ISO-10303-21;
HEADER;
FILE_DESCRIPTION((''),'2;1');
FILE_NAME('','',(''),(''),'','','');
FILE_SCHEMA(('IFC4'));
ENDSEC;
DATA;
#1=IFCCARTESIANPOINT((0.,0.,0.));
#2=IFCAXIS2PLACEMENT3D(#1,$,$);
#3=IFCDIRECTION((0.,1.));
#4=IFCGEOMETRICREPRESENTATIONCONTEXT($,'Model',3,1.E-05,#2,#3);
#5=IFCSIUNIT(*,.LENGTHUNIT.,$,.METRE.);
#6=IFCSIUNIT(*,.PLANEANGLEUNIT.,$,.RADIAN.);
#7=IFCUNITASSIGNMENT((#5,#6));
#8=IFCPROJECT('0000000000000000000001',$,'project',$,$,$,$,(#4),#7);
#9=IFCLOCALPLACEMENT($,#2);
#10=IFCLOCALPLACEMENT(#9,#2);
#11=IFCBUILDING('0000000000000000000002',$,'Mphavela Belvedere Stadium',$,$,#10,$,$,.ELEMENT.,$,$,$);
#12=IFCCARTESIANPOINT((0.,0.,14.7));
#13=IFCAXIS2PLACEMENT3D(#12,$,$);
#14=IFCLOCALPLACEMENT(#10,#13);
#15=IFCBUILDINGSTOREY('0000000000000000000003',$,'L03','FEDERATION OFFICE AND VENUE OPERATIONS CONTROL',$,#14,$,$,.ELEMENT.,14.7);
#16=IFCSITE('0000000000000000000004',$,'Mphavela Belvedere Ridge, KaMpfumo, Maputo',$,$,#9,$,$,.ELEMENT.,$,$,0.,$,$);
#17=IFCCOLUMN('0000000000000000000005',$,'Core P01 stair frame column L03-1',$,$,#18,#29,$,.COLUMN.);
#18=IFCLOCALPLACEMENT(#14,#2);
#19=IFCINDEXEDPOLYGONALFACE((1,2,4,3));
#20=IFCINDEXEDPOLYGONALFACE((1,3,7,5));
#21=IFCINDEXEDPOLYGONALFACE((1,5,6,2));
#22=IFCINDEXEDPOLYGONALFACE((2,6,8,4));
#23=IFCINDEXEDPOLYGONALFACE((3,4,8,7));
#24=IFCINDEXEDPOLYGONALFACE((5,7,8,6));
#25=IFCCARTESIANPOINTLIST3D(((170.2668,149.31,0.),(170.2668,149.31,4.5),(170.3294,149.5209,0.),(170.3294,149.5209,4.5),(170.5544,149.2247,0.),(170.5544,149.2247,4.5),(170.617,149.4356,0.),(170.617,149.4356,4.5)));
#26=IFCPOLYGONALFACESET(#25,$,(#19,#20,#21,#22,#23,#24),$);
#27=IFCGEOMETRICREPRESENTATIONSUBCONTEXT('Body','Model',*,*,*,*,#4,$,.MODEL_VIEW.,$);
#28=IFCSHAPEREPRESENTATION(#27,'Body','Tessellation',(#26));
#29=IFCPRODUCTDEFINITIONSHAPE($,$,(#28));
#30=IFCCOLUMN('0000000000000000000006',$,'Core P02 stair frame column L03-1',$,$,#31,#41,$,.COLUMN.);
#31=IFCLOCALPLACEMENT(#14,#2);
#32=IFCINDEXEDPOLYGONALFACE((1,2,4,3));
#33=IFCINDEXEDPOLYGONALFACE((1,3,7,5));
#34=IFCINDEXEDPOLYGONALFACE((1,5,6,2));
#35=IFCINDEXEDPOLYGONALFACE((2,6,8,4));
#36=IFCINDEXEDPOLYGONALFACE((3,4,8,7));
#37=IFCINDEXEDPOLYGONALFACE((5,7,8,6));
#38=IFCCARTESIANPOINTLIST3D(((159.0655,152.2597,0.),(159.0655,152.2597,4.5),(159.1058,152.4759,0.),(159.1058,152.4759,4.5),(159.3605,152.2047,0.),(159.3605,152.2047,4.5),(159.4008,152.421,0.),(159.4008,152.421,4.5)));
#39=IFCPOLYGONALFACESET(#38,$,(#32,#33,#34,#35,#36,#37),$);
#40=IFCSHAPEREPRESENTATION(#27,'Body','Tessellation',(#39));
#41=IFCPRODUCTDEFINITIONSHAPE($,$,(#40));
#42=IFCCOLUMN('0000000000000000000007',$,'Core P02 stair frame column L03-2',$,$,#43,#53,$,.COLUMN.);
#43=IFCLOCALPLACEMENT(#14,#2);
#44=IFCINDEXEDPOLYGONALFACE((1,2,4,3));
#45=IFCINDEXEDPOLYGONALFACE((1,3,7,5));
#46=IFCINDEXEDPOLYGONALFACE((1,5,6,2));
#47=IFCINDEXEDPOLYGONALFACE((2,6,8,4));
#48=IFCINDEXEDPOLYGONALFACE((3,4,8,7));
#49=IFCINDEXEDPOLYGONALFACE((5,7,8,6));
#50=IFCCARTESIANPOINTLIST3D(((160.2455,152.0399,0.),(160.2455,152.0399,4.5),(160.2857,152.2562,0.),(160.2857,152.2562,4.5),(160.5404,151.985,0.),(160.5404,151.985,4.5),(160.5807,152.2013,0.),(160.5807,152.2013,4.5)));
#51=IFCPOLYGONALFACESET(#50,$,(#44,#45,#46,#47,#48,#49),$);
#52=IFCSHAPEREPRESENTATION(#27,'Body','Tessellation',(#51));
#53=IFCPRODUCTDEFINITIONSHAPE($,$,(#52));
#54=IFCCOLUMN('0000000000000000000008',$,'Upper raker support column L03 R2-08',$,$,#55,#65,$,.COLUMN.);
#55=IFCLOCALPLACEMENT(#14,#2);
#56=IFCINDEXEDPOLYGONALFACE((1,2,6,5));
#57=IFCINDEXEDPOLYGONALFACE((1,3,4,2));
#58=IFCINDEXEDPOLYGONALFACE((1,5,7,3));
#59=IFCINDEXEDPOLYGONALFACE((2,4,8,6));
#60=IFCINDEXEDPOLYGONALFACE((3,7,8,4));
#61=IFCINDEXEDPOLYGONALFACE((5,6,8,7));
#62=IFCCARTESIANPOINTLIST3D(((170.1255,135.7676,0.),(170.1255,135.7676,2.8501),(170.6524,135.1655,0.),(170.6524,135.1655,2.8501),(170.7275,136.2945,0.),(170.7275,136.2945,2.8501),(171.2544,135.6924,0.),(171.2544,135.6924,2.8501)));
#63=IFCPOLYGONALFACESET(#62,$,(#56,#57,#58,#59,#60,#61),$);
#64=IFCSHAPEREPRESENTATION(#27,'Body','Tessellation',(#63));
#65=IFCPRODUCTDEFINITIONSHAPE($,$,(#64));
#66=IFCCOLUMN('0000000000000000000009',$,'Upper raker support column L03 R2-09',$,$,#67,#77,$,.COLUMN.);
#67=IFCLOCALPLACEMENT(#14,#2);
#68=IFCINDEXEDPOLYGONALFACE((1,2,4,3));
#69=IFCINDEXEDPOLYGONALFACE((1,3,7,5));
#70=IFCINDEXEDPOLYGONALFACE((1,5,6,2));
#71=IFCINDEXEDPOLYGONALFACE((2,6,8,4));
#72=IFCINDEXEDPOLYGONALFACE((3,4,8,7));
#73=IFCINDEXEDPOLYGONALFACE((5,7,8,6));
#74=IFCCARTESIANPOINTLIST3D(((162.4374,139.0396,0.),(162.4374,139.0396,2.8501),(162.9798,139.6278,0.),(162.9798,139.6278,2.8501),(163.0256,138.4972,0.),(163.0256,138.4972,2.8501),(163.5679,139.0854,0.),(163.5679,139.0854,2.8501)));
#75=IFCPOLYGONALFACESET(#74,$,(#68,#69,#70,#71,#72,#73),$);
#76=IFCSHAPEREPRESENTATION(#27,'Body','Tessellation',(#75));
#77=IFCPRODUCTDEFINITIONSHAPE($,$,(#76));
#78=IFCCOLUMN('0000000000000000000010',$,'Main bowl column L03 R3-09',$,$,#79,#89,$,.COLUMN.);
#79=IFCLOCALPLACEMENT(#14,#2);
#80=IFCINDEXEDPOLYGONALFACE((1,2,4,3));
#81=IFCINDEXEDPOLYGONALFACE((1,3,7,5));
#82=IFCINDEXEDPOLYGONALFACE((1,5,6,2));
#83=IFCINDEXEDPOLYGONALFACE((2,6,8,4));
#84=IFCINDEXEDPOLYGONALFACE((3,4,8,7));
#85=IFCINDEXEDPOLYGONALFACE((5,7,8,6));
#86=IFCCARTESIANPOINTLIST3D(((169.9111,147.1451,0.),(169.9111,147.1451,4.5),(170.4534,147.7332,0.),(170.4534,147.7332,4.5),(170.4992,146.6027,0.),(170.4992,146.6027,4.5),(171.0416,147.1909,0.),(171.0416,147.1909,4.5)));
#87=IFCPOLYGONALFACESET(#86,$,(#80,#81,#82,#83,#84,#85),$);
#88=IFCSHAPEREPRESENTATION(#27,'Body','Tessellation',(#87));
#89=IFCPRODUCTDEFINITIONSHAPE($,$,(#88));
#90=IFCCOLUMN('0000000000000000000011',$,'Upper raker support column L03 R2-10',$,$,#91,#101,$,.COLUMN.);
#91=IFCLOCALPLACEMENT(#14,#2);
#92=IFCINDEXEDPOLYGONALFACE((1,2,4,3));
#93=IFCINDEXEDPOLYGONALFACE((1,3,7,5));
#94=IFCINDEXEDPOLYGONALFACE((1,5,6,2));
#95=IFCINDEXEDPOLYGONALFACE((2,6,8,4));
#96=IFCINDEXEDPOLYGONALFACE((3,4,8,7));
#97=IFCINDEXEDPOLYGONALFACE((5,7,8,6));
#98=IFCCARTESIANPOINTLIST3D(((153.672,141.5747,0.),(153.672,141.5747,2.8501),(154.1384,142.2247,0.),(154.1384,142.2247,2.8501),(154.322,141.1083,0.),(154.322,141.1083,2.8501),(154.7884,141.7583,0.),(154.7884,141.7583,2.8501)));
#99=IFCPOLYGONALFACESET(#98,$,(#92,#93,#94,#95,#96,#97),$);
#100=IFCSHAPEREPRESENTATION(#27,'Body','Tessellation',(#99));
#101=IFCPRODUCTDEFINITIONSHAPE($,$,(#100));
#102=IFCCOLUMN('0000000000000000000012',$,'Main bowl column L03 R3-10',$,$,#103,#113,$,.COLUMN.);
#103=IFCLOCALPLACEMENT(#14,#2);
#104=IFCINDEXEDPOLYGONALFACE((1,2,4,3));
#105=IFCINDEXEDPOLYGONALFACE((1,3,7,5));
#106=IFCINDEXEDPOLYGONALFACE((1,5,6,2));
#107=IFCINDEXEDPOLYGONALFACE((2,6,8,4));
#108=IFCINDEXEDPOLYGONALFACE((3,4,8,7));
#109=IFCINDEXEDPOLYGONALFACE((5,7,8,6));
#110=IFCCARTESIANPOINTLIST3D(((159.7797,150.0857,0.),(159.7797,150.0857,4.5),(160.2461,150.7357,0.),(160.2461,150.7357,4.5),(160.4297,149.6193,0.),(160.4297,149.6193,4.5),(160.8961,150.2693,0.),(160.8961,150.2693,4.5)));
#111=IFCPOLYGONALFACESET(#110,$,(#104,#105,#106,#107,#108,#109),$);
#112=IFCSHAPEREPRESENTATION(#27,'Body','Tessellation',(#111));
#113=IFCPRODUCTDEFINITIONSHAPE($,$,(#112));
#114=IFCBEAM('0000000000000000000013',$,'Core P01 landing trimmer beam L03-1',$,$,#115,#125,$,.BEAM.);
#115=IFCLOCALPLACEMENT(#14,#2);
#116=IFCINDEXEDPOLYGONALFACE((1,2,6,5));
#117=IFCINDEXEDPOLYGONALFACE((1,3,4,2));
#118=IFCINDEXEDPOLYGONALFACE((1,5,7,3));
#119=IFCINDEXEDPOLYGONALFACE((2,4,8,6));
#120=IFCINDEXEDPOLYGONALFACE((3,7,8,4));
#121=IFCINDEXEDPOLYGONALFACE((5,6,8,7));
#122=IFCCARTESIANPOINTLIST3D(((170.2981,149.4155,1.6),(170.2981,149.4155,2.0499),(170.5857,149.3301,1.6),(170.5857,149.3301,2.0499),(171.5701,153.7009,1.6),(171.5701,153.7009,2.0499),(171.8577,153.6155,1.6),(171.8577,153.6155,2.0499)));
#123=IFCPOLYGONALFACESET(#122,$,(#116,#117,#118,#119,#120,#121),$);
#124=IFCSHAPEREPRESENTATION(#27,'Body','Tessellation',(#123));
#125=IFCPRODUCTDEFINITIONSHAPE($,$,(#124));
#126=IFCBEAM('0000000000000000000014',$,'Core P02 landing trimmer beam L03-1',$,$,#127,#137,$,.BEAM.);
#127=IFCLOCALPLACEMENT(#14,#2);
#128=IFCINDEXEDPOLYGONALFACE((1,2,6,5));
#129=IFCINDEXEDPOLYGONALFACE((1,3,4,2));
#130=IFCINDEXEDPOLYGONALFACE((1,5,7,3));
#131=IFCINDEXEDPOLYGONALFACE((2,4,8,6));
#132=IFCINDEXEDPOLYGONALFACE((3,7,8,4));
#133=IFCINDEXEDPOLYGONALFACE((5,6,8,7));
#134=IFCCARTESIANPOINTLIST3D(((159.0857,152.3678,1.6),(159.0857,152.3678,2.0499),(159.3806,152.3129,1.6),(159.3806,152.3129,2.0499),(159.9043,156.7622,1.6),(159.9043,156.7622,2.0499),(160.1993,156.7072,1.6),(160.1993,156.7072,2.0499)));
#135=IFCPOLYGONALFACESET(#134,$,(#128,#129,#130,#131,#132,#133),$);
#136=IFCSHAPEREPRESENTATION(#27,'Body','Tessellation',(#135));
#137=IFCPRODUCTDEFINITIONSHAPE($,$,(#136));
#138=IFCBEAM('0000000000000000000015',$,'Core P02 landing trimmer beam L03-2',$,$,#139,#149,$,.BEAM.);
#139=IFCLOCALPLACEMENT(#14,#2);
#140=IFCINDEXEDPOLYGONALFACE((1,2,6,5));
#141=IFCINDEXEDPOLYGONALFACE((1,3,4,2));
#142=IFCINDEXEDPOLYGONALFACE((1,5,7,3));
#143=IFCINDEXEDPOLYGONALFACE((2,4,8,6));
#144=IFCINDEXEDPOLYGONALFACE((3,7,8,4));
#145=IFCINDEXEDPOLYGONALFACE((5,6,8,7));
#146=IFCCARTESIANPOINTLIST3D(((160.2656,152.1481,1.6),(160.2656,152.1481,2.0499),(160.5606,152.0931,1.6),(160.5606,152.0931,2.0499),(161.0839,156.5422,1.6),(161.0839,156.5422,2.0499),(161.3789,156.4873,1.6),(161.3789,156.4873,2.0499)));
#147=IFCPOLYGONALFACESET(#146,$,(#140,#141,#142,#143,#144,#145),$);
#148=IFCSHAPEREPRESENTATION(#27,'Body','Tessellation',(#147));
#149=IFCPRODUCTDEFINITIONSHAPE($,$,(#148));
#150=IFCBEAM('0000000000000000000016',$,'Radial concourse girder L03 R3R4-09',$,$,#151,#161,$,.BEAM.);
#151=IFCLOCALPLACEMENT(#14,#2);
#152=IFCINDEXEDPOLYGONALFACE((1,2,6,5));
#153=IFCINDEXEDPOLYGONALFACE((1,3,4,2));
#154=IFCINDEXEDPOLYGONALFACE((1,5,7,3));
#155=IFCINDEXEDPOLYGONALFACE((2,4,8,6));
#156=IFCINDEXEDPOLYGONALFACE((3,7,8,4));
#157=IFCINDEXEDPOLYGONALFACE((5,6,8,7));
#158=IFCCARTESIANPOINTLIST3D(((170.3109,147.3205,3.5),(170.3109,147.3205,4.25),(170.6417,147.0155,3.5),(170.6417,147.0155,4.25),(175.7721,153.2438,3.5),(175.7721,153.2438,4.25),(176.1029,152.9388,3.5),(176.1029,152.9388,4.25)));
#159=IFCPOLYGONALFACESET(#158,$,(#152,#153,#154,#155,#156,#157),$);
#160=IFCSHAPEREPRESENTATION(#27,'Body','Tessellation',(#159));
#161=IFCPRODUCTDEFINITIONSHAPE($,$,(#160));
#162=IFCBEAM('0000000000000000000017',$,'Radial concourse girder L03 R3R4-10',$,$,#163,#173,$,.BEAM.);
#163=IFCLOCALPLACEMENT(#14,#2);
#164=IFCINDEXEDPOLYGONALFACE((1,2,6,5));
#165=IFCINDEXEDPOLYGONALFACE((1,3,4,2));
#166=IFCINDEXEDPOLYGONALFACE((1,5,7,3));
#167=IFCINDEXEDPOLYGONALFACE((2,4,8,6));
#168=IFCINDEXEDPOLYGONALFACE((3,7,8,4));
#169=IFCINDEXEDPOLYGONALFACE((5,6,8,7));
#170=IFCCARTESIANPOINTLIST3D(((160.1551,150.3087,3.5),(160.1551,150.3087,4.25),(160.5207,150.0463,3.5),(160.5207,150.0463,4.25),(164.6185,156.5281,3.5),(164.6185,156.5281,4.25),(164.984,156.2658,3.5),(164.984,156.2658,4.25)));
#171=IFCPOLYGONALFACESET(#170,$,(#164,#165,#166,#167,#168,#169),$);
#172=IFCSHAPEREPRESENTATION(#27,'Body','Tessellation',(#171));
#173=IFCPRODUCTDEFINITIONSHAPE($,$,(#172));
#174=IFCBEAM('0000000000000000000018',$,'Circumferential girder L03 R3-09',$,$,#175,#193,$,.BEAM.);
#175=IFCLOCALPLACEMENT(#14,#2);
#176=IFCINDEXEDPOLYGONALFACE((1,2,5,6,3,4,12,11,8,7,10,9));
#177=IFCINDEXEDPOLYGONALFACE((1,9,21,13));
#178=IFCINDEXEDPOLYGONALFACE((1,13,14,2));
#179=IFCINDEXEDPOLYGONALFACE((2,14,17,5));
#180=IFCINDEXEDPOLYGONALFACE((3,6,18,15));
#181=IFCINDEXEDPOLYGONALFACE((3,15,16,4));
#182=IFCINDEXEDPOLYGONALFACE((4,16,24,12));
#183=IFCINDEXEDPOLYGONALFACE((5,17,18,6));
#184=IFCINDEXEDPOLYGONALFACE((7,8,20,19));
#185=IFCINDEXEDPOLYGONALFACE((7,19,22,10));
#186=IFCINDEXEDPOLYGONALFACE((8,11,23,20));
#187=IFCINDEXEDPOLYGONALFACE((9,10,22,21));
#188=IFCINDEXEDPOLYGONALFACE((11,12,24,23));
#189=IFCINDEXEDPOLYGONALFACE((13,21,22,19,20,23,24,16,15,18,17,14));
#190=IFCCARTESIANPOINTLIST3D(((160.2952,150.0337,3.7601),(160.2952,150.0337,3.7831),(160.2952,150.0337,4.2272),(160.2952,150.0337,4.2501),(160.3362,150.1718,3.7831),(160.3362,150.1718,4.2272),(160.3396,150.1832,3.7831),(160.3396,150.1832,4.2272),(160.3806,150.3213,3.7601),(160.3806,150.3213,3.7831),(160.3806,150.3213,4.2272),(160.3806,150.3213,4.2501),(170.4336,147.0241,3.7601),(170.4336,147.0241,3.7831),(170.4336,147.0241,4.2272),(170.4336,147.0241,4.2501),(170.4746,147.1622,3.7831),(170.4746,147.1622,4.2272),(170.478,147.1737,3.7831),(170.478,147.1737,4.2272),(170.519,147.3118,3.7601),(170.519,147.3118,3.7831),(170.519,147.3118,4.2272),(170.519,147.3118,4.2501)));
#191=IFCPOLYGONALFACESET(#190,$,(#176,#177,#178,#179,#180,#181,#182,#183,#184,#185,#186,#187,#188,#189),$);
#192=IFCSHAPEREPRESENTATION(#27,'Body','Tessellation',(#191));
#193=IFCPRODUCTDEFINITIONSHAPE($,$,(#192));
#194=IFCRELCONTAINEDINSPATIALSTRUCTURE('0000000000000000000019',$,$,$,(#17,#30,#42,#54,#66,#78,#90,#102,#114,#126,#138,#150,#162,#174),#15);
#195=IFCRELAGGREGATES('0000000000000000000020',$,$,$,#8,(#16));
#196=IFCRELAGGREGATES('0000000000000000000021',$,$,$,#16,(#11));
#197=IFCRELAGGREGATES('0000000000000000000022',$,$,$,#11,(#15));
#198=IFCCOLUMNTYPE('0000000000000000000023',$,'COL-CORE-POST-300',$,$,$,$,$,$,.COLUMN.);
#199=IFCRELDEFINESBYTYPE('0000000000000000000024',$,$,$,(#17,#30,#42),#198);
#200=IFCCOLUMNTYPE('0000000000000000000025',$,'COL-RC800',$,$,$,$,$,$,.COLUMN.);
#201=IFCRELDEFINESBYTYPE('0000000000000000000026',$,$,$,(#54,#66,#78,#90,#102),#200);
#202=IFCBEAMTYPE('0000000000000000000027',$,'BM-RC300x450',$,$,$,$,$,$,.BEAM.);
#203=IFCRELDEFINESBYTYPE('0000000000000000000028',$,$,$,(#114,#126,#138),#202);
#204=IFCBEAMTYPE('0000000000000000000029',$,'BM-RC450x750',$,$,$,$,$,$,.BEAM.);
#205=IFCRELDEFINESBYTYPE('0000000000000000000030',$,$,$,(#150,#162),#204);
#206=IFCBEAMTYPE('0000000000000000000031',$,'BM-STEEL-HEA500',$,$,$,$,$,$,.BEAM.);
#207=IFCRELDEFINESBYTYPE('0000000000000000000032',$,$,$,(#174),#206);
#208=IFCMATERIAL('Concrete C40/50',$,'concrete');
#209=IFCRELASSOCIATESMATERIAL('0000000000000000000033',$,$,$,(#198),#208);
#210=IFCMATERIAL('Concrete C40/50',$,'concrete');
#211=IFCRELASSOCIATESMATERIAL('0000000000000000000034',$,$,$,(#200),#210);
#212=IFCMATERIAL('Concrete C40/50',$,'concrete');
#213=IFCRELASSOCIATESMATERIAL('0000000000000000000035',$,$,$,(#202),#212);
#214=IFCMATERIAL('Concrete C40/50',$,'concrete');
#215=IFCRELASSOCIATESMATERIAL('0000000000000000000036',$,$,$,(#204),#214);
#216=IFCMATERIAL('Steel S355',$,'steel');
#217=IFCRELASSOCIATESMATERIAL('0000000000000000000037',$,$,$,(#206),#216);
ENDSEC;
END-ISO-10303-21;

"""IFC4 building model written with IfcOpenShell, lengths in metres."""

from ifc_helpers import new_model, si_unit, direction, frame, origin, origin_2d, place, context, subcontext, project, spatial, rectangle, i_section, extrude, material, material_profile, profile_set, type_object, element, save


model = new_model("IFC4")

# Units and contexts
model_context = context("Model", 3, precision=1e-05, world=origin(), true_north=direction((0.0, 1.0)))
body_context = subcontext(model_context, "Body", "Model", "MODEL_VIEW")
ifc_project = project(units=[si_unit("LENGTHUNIT", "METRE"), si_unit("PLANEANGLEUNIT", "RADIAN")], contexts=[model_context])

# Site, building, storey
site_placement = place(None, origin())
site = spatial("IfcSite", under=ifc_project, at=site_placement, Name="Mphavela Belvedere Ridge, KaMpfumo, Maputo", CompositionType="ELEMENT", RefElevation=0.0)
building_placement = place(site_placement, origin())
building = spatial("IfcBuilding", under=site, at=building_placement, Name="Mphavela Belvedere Stadium", CompositionType="ELEMENT")
storey_placement = place(building_placement, frame((0.0, 0.0, 14.7)))
storey = spatial("IfcBuildingStorey", under=building, at=storey_placement, Name="L03", Description="FEDERATION OFFICE AND VENUE OPERATIONS CONTROL", CompositionType="ELEMENT", Elevation=14.7)

# Columns
ifc_material_1 = material(Name="Concrete C40/50", Category="concrete")
ifc_material_profile_1 = material_profile(ifc_material_1, rectangle(XDim=0.3, YDim=0.22, at=origin_2d()), Name="RC 300x220")
ifc_profile_set_1 = profile_set([ifc_material_profile_1], Name="Concrete C40/50")
column_type_1 = type_object("IfcColumnType", Name="COL-CORE-POST-300", PredefinedType="COLUMN", material=ifc_profile_set_1)
for number, where, z_axis, x_axis, name in (
    (1, (170.4419, 149.3728, 0.0), (0.0, 0.0, 1.0), (0.958671, -0.284517, 0.0), "Core P01 stair frame column L03-1"),
    (2, (159.2332, 152.3403, 0.0), (0.0, 0.0, 1.0), (0.983096, -0.183094, 0.0), "Core P02 stair frame column L03-1"),
    (3, (160.4131, 152.1206, 0.0), (0.0, 0.0, 1.0), (0.983096, -0.183094, 0.0), "Core P02 stair frame column L03-2"),
):
    element("IfcColumn", number, at=place(storey_placement, frame(where, z_axis=z_axis, x_axis=x_axis)), inside=storey, type_object=column_type_1, Name=name, PredefinedType="COLUMN", context=body_context, shape_type="SweptSolid", body=[
        extrude(rectangle(XDim=0.3, YDim=0.22, at=origin_2d()), origin(), (0.0, 0.0, 1.0), 4.5),
    ])
ifc_material_2 = material(Name="Concrete C40/50", Category="concrete")
ifc_material_profile_2 = material_profile(ifc_material_2, rectangle(XDim=0.8, YDim=0.8, at=origin_2d()), Name="RC 800x800")
ifc_profile_set_2 = profile_set([ifc_material_profile_2], Name="Concrete C40/50")
column_type_2 = type_object("IfcColumnType", Name="COL-RC800", PredefinedType="COLUMN", material=ifc_profile_set_2)
for number, where, z_axis, x_axis, name in (
    (4, (170.6899, 135.73, 0.0), (0.0, 0.0, 1.0), (0.75253, 0.658558, 0.0), "Upper raker support column L03 R2-08"),
    (5, (163.0027, 139.0625, 0.0), (0.0, 0.0, 1.0), (0.677903, 0.735151, 0.0), "Upper raker support column L03 R2-09"),
):
    element("IfcColumn", number, at=place(storey_placement, frame(where, z_axis=z_axis, x_axis=x_axis)), inside=storey, type_object=column_type_2, Name=name, PredefinedType="COLUMN", context=body_context, shape_type="SweptSolid", body=[
        extrude(rectangle(XDim=0.8, YDim=0.8, at=origin_2d()), origin(), (0.0, 0.0, 1.0), 2.8501),
    ])
column_1_placement = place(storey_placement, frame((170.4763, 147.168, 0.0), z_axis=(0.0, 0.0, 1.0), x_axis=(0.677903, 0.735151, 0.0)))
element("IfcColumn", 6, at=column_1_placement, inside=storey, type_object=column_type_2, Name="Main bowl column L03 R3-09", PredefinedType="COLUMN", context=body_context, shape_type="SweptSolid", body=[
    extrude(rectangle(XDim=0.8, YDim=0.8, at=origin_2d()), origin(), (0.0, 0.0, 1.0), 4.5),
])
column_2_placement = place(storey_placement, frame((154.2302, 141.6665, 0.0), z_axis=(0.0, 0.0, 1.0), x_axis=(0.582974, 0.812491, 0.0)))
element("IfcColumn", 7, at=column_2_placement, inside=storey, type_object=column_type_2, Name="Upper raker support column L03 R2-10", PredefinedType="COLUMN", context=body_context, shape_type="SweptSolid", body=[
    extrude(rectangle(XDim=0.8, YDim=0.8, at=origin_2d()), origin(), (0.0, 0.0, 1.0), 2.8501),
])
column_3_placement = place(storey_placement, frame((160.3379, 150.1775, 0.0), z_axis=(0.0, 0.0, 1.0), x_axis=(0.582974, 0.812491, 0.0)))
element("IfcColumn", 8, at=column_3_placement, inside=storey, type_object=column_type_2, Name="Main bowl column L03 R3-10", PredefinedType="COLUMN", context=body_context, shape_type="SweptSolid", body=[
    extrude(rectangle(XDim=0.8, YDim=0.8, at=origin_2d()), origin(), (0.0, 0.0, 1.0), 4.5),
])

# Beams
ifc_material_3 = material(Name="Concrete C40/50", Category="concrete")
ifc_material_profile_3 = material_profile(ifc_material_3, rectangle(XDim=0.3, YDim=0.45, at=origin_2d()), Name="RC 300x450")
ifc_profile_set_3 = profile_set([ifc_material_profile_3], Name="Concrete C40/50")
beam_type_1 = type_object("IfcBeamType", Name="BM-RC300x450", PredefinedType="BEAM", material=ifc_profile_set_3)
beam_1_placement = place(storey_placement, frame((170.4419, 149.3728, 1.825), z_axis=(0.284546, 0.958662, 0.0), x_axis=(-0.958662, 0.284546, 0.0)))
element("IfcBeam", 9, at=beam_1_placement, inside=storey, type_object=beam_type_1, Name="Core P01 landing trimmer beam L03-1", PredefinedType="BEAM", context=body_context, shape_type="SweptSolid", body=[
    extrude(rectangle(XDim=0.3, YDim=0.45, at=origin_2d()), origin(), (0.0, 0.0, 1.0), 4.4702),
])
beam_2_placement = place(storey_placement, frame((159.2332, 152.3403, 1.825), z_axis=(0.183137, 0.983087, 0.0), x_axis=(-0.983087, 0.183137, 0.0)))
element("IfcBeam", 10, at=beam_2_placement, inside=storey, type_object=beam_type_1, Name="Core P02 landing trimmer beam L03-1", PredefinedType="BEAM", context=body_context, shape_type="SweptSolid", body=[
    extrude(rectangle(XDim=0.3, YDim=0.45, at=origin_2d()), origin(), (0.0, 0.0, 1.0), 4.47),
])
beam_3_placement = place(storey_placement, frame((160.4131, 152.1206, 1.825), z_axis=(0.183085, 0.983097, 0.0), x_axis=(-0.983097, 0.183085, 0.0)))
element("IfcBeam", 11, at=beam_3_placement, inside=storey, type_object=beam_type_1, Name="Core P02 landing trimmer beam L03-2", PredefinedType="BEAM", context=body_context, shape_type="SweptSolid", body=[
    extrude(rectangle(XDim=0.3, YDim=0.45, at=origin_2d()), origin(), (0.0, 0.0, 1.0), 4.4697),
])
ifc_material_4 = material(Name="Concrete C40/50", Category="concrete")
ifc_material_profile_4 = material_profile(ifc_material_4, rectangle(XDim=0.45, YDim=0.75, at=origin_2d()), Name="RC 450x750")
ifc_profile_set_4 = profile_set([ifc_material_profile_4], Name="Concrete C40/50")
beam_type_2 = type_object("IfcBeamType", Name="BM-RC450x750", PredefinedType="BEAM", material=ifc_profile_set_4)
beam_4_placement = place(storey_placement, frame((170.4763, 147.168, 3.875), z_axis=(0.677843, 0.735206, 0.0), x_axis=(-0.735206, 0.677843, 0.0)))
element("IfcBeam", 12, at=beam_4_placement, inside=storey, type_object=beam_type_2, Name="Radial concourse girder L03 R3R4-09", PredefinedType="BEAM", context=body_context, shape_type="SweptSolid", body=[
    extrude(rectangle(XDim=0.45, YDim=0.75, at=origin_2d()), origin(), (0.0, 0.0, 1.0), 8.0566),
])
beam_5_placement = place(storey_placement, frame((160.3379, 150.1775, 3.875), z_axis=(0.583044, 0.812441, 0.0), x_axis=(-0.812441, 0.583044, 0.0)))
element("IfcBeam", 13, at=beam_5_placement, inside=storey, type_object=beam_type_2, Name="Radial concourse girder L03 R3R4-10", PredefinedType="BEAM", context=body_context, shape_type="SweptSolid", body=[
    extrude(rectangle(XDim=0.45, YDim=0.75, at=origin_2d()), origin(), (0.0, 0.0, 1.0), 7.6553),
])
ifc_material_5 = material(Name="Steel S355", Category="steel")
ifc_material_profile_5 = material_profile(ifc_material_5, i_section(OverallWidth=0.3, OverallDepth=0.49, WebThickness=0.012, FlangeThickness=0.0229, at=origin_2d()), Name="HEA 500")
ifc_profile_set_5 = profile_set([ifc_material_profile_5], Name="Steel S355")
beam_type_3 = type_object("IfcBeamType", Name="BM-STEEL-HEA500", PredefinedType="BEAM", material=ifc_profile_set_5)
beam_6_placement = place(storey_placement, frame((170.4763, 147.168, 4.0051), z_axis=(-0.958655, 0.28457, 0.0), x_axis=(-0.28457, -0.958655, 0.0)))
element("IfcBeam", 14, at=beam_6_placement, inside=storey, type_object=beam_type_3, Name="Circumferential girder L03 R3-09", PredefinedType="BEAM", context=body_context, shape_type="SweptSolid", body=[
    extrude(i_section(OverallWidth=0.3, OverallDepth=0.49, WebThickness=0.012, FlangeThickness=0.0229, at=origin_2d()), origin(), (0.0, 0.0, 1.0), 10.5757),
])

save(model, "model.ifc")
